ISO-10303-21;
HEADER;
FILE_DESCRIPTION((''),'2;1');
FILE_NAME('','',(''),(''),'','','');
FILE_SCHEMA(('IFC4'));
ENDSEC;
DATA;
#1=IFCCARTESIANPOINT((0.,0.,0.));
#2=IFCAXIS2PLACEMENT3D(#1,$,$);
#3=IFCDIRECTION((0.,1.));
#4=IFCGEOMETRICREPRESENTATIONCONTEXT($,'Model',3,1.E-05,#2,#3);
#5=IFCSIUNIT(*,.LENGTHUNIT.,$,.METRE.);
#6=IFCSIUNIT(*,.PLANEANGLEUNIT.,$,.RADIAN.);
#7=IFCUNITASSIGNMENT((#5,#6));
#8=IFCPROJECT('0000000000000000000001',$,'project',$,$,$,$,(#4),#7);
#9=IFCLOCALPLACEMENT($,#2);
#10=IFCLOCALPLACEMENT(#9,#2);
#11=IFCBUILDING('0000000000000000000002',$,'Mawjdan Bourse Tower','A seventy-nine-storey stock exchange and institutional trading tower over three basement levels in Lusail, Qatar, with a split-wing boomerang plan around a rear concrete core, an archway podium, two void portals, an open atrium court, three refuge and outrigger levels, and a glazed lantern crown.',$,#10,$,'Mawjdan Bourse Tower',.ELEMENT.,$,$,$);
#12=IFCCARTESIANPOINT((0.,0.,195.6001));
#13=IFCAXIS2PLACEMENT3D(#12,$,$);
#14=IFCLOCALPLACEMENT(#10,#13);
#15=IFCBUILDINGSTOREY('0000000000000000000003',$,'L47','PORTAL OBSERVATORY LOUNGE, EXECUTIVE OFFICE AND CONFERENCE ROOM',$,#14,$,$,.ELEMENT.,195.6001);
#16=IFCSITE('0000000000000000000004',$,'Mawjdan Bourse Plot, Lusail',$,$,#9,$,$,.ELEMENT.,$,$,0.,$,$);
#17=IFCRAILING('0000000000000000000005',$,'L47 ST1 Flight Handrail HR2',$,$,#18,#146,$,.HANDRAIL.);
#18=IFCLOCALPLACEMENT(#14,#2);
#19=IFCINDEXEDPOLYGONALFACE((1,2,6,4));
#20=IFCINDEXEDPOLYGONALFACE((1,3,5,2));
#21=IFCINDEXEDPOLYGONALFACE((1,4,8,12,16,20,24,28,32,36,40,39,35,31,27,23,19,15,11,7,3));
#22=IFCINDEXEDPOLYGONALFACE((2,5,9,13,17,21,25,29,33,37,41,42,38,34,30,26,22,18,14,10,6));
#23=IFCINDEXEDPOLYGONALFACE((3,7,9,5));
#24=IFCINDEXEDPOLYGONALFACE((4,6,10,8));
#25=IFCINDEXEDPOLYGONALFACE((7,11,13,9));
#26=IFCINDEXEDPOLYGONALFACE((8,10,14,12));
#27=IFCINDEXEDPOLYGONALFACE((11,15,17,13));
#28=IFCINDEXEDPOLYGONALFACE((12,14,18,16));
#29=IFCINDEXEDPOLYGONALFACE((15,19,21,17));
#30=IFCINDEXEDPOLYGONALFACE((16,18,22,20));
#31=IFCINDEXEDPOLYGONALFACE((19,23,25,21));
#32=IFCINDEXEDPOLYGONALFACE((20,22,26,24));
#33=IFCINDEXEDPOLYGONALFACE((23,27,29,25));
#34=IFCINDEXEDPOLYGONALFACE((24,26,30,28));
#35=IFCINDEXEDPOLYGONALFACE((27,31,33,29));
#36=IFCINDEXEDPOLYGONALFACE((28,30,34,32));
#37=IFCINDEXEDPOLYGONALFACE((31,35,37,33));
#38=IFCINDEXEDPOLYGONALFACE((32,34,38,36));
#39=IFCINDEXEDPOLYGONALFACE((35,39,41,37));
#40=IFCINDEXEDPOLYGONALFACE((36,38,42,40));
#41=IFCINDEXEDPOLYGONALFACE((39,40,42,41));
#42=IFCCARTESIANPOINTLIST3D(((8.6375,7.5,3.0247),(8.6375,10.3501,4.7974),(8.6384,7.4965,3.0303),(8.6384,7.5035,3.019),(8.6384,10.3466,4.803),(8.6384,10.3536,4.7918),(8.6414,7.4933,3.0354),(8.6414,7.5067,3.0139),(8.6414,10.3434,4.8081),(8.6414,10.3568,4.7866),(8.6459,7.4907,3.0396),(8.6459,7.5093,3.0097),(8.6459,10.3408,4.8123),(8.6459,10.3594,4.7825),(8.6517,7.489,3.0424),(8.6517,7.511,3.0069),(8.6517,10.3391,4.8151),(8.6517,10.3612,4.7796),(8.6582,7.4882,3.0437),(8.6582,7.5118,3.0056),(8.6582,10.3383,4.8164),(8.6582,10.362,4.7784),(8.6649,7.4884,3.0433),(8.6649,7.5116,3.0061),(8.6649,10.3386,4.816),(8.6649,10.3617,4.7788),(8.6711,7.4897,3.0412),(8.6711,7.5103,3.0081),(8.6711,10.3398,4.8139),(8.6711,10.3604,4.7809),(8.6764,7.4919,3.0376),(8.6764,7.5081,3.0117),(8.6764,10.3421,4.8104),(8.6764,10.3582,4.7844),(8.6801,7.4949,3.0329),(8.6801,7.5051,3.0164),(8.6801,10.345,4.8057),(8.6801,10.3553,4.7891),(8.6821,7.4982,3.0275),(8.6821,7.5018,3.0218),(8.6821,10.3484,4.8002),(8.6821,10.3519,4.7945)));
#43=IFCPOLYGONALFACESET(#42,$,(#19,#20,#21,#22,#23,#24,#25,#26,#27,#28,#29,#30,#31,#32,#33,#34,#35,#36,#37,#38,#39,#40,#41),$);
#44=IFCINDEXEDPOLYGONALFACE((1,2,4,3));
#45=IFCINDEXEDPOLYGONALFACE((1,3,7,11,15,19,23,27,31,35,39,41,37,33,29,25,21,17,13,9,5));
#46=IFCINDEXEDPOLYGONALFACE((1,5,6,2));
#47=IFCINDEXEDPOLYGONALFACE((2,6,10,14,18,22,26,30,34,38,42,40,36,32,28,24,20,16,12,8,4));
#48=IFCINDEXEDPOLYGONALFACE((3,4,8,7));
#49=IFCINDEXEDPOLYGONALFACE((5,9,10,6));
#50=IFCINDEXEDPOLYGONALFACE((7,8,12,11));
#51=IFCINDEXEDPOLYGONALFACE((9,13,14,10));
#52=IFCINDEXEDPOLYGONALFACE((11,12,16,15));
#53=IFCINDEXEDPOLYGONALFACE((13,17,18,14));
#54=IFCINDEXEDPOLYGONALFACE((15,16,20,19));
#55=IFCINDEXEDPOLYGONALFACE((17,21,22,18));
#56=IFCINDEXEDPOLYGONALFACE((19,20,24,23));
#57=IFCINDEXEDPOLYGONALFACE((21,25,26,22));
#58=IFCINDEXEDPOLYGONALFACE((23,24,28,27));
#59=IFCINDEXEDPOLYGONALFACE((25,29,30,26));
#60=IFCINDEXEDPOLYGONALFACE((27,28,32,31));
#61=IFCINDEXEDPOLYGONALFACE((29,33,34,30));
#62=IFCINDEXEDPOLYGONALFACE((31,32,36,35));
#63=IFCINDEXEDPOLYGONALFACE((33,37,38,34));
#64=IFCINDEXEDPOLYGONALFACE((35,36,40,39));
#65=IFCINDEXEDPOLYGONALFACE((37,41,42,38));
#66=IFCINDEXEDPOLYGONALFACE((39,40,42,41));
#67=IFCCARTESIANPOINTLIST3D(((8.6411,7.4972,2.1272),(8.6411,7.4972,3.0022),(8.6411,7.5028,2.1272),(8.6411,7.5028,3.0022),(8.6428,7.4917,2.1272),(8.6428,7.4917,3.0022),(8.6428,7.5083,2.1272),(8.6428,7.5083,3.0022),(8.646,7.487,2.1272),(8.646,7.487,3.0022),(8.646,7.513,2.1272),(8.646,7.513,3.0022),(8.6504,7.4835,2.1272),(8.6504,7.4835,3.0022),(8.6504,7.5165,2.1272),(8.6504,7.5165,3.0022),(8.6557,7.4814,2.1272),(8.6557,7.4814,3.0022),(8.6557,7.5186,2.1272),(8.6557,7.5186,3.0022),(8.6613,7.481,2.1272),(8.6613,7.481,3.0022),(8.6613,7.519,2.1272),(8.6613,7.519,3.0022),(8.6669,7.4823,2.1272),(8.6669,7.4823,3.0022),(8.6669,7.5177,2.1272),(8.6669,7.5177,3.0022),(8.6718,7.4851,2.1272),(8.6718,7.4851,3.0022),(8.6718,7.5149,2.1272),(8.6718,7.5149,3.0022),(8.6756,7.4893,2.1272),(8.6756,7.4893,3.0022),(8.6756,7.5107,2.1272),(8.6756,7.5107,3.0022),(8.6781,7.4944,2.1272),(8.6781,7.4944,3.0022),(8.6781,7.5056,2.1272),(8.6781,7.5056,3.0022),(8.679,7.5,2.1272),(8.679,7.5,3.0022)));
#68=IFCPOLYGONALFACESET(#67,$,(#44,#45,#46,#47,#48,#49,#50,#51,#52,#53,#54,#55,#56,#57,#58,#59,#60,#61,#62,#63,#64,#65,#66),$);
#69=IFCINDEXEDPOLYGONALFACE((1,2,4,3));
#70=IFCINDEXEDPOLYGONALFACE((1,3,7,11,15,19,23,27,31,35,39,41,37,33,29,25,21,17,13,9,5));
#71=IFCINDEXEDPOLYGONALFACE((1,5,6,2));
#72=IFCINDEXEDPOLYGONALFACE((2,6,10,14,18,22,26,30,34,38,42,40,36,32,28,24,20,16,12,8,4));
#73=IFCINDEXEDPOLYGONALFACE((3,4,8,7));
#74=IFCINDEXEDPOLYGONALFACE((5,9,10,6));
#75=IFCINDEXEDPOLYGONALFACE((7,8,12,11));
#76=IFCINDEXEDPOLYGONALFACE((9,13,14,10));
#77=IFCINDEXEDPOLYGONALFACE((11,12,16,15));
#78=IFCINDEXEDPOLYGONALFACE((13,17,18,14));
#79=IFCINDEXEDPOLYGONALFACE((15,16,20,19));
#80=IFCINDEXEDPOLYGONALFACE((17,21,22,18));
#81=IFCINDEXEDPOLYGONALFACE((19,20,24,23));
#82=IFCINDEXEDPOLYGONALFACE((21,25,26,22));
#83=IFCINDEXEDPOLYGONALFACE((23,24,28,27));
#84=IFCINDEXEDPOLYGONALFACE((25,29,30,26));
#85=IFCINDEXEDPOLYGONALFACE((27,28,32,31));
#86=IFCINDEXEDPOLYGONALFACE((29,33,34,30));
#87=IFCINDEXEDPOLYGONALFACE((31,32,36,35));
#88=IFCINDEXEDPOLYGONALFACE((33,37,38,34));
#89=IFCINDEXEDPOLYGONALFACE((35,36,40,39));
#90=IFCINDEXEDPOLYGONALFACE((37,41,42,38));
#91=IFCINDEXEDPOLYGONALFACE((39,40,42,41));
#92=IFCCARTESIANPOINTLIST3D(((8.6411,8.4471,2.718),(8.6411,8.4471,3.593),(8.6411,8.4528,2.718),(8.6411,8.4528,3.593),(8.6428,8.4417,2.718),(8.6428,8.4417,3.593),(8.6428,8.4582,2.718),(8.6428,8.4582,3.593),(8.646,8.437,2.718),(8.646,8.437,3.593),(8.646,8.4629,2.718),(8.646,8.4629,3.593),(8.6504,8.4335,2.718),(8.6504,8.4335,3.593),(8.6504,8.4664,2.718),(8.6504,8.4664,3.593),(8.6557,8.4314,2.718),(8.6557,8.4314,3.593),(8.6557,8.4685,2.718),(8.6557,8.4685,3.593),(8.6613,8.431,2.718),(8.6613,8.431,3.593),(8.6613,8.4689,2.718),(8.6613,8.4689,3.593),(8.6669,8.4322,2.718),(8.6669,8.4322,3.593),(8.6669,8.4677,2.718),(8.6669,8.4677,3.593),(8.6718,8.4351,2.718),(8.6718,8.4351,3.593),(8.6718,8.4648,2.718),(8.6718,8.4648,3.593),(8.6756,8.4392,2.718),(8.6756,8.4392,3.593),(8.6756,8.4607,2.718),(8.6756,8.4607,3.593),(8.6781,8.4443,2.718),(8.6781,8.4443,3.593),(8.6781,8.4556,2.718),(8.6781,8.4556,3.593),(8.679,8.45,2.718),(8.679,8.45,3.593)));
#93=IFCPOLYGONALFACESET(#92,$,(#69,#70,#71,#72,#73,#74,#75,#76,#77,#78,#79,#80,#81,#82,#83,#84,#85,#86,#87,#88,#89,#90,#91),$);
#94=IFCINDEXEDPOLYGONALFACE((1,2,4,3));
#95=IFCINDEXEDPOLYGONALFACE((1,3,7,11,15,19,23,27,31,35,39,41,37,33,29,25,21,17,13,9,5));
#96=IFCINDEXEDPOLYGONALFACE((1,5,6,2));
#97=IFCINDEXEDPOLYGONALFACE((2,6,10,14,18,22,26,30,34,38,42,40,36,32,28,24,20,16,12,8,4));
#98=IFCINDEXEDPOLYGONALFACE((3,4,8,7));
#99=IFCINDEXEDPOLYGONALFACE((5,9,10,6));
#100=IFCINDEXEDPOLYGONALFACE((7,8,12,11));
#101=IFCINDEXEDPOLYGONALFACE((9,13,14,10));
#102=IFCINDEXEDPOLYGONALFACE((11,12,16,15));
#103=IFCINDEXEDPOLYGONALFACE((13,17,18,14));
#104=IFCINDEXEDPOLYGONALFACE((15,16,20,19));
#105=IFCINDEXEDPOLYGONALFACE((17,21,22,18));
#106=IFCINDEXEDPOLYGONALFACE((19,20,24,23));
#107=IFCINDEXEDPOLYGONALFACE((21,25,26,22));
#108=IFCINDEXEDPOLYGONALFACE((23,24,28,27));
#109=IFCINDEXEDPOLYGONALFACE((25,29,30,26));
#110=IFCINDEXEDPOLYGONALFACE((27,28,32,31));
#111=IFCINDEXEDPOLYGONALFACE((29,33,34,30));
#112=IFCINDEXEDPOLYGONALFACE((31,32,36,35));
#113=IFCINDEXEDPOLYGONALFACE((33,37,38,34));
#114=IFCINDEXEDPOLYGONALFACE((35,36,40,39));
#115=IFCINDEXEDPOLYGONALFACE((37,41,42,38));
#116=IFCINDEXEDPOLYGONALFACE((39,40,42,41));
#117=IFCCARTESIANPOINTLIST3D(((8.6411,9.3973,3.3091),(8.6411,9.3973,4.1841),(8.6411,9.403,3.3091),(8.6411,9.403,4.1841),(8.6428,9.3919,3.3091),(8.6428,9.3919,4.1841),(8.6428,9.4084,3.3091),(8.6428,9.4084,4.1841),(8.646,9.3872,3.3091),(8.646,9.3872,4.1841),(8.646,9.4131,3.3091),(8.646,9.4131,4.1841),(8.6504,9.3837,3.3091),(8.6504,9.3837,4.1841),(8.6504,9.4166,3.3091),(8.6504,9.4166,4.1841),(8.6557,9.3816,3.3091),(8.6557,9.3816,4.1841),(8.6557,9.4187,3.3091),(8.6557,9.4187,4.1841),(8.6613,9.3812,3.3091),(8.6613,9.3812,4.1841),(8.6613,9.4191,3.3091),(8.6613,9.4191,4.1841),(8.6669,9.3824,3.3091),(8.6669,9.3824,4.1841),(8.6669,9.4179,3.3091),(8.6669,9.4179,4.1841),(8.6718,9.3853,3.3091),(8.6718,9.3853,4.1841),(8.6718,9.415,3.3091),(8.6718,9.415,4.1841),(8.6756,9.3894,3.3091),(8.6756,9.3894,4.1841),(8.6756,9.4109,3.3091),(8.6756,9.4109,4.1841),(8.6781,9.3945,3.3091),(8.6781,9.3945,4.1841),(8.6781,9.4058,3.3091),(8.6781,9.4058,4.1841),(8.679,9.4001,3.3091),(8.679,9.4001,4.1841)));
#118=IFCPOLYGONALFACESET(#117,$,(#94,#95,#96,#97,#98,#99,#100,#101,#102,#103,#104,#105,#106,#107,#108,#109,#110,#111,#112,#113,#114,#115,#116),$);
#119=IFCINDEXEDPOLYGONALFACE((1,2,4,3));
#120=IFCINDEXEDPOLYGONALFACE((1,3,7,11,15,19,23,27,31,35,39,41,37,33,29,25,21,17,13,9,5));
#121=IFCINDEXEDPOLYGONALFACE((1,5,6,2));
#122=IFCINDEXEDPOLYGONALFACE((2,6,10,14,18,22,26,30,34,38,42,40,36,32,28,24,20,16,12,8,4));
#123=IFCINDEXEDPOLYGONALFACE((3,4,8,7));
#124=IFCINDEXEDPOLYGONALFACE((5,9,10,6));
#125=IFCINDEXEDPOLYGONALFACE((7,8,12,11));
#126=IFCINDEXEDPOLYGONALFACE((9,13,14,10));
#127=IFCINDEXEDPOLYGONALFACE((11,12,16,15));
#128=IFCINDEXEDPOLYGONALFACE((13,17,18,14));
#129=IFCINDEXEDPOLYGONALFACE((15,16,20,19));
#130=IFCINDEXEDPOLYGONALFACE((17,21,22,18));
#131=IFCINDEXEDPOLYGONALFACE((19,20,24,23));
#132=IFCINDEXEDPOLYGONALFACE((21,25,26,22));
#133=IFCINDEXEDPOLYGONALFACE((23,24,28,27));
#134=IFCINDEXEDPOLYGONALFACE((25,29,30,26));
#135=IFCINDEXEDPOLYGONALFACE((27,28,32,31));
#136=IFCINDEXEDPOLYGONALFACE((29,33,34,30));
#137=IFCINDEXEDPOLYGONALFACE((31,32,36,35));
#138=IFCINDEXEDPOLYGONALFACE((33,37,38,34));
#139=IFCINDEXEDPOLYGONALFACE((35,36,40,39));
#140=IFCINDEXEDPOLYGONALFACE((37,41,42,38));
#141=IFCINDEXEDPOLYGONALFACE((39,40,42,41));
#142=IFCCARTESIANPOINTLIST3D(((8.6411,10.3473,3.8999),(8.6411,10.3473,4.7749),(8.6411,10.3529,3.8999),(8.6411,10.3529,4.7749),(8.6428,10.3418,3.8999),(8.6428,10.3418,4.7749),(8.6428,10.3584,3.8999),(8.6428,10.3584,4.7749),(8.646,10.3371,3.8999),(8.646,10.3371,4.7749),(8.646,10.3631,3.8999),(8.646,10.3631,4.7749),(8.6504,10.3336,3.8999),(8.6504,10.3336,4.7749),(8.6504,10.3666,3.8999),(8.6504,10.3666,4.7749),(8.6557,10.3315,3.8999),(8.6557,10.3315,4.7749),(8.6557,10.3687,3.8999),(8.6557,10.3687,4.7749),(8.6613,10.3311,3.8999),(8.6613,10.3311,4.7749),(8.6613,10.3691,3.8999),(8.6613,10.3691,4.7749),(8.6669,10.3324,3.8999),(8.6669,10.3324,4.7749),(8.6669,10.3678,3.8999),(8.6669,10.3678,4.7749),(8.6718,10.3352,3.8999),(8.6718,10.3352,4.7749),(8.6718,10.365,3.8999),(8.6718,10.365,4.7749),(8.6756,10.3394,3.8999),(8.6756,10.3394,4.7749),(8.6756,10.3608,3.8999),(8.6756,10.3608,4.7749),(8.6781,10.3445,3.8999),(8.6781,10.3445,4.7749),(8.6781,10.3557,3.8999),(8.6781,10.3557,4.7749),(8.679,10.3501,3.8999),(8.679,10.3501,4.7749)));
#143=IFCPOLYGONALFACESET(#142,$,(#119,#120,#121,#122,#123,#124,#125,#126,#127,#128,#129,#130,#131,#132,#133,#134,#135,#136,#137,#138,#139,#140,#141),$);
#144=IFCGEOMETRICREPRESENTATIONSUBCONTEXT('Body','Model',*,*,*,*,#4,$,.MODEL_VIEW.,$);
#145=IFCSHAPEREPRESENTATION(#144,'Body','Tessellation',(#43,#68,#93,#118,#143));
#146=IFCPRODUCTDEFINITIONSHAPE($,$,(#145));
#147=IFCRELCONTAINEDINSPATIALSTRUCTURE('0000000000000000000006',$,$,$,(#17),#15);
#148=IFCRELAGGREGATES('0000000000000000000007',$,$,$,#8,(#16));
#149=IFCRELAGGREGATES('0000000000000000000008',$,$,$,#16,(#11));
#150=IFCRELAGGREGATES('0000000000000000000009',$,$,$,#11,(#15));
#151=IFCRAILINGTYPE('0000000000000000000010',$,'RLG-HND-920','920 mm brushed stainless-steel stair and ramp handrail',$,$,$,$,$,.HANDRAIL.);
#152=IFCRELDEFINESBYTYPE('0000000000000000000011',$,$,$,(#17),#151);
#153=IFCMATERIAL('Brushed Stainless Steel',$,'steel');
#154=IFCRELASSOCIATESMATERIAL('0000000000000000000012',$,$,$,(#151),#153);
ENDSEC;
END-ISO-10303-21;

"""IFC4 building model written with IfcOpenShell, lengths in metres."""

from ifc_helpers import new_model, si_unit, direction, frame, origin, origin_2d, place, context, subcontext, project, spatial, circle, extrude, material, type_object, element, save


model = new_model("IFC4")

# Units and contexts
model_context = context("Model", 3, precision=1e-05, world=origin(), true_north=direction((0.0, 1.0)))
body_context = subcontext(model_context, "Body", "Model", "MODEL_VIEW")
ifc_project = project(units=[si_unit("LENGTHUNIT", "METRE"), si_unit("PLANEANGLEUNIT", "RADIAN")], contexts=[model_context])

# Site, building, storey
site_placement = place(None, origin())
site = spatial("IfcSite", under=ifc_project, at=site_placement, Name="Mawjdan Bourse Plot, Lusail", CompositionType="ELEMENT", RefElevation=0.0)
building_placement = place(site_placement, origin())
building = spatial("IfcBuilding", under=site, at=building_placement, Name="Mawjdan Bourse Tower", Description="A seventy-nine-storey stock exchange and institutional trading tower over three basement levels in Lusail, Qatar, with a split-wing boomerang plan around a rear concrete core, an archway podium, two void portals, an open atrium court, three refuge and outrigger levels, and a glazed lantern crown.", LongName="Mawjdan Bourse Tower", CompositionType="ELEMENT")
storey_placement = place(building_placement, frame((0.0, 0.0, 195.6001)))
storey = spatial("IfcBuildingStorey", under=building, at=storey_placement, Name="L47", Description="PORTAL OBSERVATORY LOUNGE, EXECUTIVE OFFICE AND CONFERENCE ROOM", CompositionType="ELEMENT", Elevation=195.6001)

# Railing
ifc_material_1 = material(Name="Brushed Stainless Steel", Category="steel")
railing_type_1 = type_object("IfcRailingType", Name="RLG-HND-920", Description="920 mm brushed stainless-steel stair and ramp handrail", PredefinedType="HANDRAIL", material=ifc_material_1)
railing_1_placement = place(storey_placement, frame((8.6599, 7.5, 2.1272)))
element("IfcRailing", 1, at=railing_1_placement, inside=storey, type_object=railing_type_1, Name="L47 ST1 Flight Handrail HR2", PredefinedType="HANDRAIL", context=body_context, shape_type="SweptSolid", body=[
    extrude(circle(Radius=0.0225, at=origin_2d()), frame((0.0, 0.0, 0.8975), z_axis=(0.0, 0.849149, 0.528154), x_axis=(-1.0, 0.0, 0.0)), (0.0, 0.0, 1.0), 3.3564),
    extrude(circle(Radius=0.019, at=origin_2d()), origin(), (0.0, 0.0, 1.0), 0.875),
    extrude(circle(Radius=0.019, at=origin_2d()), frame((0.0, 0.95, 0.5908)), (0.0, 0.0, 1.0), 0.875),
    extrude(circle(Radius=0.019, at=origin_2d()), frame((0.0, 1.9001, 1.1819)), (0.0, 0.0, 1.0), 0.875),
    extrude(circle(Radius=0.019, at=origin_2d()), frame((0.0, 2.8501, 1.7727)), (0.0, 0.0, 1.0), 0.875),
])

save(model, "model.ifc")
